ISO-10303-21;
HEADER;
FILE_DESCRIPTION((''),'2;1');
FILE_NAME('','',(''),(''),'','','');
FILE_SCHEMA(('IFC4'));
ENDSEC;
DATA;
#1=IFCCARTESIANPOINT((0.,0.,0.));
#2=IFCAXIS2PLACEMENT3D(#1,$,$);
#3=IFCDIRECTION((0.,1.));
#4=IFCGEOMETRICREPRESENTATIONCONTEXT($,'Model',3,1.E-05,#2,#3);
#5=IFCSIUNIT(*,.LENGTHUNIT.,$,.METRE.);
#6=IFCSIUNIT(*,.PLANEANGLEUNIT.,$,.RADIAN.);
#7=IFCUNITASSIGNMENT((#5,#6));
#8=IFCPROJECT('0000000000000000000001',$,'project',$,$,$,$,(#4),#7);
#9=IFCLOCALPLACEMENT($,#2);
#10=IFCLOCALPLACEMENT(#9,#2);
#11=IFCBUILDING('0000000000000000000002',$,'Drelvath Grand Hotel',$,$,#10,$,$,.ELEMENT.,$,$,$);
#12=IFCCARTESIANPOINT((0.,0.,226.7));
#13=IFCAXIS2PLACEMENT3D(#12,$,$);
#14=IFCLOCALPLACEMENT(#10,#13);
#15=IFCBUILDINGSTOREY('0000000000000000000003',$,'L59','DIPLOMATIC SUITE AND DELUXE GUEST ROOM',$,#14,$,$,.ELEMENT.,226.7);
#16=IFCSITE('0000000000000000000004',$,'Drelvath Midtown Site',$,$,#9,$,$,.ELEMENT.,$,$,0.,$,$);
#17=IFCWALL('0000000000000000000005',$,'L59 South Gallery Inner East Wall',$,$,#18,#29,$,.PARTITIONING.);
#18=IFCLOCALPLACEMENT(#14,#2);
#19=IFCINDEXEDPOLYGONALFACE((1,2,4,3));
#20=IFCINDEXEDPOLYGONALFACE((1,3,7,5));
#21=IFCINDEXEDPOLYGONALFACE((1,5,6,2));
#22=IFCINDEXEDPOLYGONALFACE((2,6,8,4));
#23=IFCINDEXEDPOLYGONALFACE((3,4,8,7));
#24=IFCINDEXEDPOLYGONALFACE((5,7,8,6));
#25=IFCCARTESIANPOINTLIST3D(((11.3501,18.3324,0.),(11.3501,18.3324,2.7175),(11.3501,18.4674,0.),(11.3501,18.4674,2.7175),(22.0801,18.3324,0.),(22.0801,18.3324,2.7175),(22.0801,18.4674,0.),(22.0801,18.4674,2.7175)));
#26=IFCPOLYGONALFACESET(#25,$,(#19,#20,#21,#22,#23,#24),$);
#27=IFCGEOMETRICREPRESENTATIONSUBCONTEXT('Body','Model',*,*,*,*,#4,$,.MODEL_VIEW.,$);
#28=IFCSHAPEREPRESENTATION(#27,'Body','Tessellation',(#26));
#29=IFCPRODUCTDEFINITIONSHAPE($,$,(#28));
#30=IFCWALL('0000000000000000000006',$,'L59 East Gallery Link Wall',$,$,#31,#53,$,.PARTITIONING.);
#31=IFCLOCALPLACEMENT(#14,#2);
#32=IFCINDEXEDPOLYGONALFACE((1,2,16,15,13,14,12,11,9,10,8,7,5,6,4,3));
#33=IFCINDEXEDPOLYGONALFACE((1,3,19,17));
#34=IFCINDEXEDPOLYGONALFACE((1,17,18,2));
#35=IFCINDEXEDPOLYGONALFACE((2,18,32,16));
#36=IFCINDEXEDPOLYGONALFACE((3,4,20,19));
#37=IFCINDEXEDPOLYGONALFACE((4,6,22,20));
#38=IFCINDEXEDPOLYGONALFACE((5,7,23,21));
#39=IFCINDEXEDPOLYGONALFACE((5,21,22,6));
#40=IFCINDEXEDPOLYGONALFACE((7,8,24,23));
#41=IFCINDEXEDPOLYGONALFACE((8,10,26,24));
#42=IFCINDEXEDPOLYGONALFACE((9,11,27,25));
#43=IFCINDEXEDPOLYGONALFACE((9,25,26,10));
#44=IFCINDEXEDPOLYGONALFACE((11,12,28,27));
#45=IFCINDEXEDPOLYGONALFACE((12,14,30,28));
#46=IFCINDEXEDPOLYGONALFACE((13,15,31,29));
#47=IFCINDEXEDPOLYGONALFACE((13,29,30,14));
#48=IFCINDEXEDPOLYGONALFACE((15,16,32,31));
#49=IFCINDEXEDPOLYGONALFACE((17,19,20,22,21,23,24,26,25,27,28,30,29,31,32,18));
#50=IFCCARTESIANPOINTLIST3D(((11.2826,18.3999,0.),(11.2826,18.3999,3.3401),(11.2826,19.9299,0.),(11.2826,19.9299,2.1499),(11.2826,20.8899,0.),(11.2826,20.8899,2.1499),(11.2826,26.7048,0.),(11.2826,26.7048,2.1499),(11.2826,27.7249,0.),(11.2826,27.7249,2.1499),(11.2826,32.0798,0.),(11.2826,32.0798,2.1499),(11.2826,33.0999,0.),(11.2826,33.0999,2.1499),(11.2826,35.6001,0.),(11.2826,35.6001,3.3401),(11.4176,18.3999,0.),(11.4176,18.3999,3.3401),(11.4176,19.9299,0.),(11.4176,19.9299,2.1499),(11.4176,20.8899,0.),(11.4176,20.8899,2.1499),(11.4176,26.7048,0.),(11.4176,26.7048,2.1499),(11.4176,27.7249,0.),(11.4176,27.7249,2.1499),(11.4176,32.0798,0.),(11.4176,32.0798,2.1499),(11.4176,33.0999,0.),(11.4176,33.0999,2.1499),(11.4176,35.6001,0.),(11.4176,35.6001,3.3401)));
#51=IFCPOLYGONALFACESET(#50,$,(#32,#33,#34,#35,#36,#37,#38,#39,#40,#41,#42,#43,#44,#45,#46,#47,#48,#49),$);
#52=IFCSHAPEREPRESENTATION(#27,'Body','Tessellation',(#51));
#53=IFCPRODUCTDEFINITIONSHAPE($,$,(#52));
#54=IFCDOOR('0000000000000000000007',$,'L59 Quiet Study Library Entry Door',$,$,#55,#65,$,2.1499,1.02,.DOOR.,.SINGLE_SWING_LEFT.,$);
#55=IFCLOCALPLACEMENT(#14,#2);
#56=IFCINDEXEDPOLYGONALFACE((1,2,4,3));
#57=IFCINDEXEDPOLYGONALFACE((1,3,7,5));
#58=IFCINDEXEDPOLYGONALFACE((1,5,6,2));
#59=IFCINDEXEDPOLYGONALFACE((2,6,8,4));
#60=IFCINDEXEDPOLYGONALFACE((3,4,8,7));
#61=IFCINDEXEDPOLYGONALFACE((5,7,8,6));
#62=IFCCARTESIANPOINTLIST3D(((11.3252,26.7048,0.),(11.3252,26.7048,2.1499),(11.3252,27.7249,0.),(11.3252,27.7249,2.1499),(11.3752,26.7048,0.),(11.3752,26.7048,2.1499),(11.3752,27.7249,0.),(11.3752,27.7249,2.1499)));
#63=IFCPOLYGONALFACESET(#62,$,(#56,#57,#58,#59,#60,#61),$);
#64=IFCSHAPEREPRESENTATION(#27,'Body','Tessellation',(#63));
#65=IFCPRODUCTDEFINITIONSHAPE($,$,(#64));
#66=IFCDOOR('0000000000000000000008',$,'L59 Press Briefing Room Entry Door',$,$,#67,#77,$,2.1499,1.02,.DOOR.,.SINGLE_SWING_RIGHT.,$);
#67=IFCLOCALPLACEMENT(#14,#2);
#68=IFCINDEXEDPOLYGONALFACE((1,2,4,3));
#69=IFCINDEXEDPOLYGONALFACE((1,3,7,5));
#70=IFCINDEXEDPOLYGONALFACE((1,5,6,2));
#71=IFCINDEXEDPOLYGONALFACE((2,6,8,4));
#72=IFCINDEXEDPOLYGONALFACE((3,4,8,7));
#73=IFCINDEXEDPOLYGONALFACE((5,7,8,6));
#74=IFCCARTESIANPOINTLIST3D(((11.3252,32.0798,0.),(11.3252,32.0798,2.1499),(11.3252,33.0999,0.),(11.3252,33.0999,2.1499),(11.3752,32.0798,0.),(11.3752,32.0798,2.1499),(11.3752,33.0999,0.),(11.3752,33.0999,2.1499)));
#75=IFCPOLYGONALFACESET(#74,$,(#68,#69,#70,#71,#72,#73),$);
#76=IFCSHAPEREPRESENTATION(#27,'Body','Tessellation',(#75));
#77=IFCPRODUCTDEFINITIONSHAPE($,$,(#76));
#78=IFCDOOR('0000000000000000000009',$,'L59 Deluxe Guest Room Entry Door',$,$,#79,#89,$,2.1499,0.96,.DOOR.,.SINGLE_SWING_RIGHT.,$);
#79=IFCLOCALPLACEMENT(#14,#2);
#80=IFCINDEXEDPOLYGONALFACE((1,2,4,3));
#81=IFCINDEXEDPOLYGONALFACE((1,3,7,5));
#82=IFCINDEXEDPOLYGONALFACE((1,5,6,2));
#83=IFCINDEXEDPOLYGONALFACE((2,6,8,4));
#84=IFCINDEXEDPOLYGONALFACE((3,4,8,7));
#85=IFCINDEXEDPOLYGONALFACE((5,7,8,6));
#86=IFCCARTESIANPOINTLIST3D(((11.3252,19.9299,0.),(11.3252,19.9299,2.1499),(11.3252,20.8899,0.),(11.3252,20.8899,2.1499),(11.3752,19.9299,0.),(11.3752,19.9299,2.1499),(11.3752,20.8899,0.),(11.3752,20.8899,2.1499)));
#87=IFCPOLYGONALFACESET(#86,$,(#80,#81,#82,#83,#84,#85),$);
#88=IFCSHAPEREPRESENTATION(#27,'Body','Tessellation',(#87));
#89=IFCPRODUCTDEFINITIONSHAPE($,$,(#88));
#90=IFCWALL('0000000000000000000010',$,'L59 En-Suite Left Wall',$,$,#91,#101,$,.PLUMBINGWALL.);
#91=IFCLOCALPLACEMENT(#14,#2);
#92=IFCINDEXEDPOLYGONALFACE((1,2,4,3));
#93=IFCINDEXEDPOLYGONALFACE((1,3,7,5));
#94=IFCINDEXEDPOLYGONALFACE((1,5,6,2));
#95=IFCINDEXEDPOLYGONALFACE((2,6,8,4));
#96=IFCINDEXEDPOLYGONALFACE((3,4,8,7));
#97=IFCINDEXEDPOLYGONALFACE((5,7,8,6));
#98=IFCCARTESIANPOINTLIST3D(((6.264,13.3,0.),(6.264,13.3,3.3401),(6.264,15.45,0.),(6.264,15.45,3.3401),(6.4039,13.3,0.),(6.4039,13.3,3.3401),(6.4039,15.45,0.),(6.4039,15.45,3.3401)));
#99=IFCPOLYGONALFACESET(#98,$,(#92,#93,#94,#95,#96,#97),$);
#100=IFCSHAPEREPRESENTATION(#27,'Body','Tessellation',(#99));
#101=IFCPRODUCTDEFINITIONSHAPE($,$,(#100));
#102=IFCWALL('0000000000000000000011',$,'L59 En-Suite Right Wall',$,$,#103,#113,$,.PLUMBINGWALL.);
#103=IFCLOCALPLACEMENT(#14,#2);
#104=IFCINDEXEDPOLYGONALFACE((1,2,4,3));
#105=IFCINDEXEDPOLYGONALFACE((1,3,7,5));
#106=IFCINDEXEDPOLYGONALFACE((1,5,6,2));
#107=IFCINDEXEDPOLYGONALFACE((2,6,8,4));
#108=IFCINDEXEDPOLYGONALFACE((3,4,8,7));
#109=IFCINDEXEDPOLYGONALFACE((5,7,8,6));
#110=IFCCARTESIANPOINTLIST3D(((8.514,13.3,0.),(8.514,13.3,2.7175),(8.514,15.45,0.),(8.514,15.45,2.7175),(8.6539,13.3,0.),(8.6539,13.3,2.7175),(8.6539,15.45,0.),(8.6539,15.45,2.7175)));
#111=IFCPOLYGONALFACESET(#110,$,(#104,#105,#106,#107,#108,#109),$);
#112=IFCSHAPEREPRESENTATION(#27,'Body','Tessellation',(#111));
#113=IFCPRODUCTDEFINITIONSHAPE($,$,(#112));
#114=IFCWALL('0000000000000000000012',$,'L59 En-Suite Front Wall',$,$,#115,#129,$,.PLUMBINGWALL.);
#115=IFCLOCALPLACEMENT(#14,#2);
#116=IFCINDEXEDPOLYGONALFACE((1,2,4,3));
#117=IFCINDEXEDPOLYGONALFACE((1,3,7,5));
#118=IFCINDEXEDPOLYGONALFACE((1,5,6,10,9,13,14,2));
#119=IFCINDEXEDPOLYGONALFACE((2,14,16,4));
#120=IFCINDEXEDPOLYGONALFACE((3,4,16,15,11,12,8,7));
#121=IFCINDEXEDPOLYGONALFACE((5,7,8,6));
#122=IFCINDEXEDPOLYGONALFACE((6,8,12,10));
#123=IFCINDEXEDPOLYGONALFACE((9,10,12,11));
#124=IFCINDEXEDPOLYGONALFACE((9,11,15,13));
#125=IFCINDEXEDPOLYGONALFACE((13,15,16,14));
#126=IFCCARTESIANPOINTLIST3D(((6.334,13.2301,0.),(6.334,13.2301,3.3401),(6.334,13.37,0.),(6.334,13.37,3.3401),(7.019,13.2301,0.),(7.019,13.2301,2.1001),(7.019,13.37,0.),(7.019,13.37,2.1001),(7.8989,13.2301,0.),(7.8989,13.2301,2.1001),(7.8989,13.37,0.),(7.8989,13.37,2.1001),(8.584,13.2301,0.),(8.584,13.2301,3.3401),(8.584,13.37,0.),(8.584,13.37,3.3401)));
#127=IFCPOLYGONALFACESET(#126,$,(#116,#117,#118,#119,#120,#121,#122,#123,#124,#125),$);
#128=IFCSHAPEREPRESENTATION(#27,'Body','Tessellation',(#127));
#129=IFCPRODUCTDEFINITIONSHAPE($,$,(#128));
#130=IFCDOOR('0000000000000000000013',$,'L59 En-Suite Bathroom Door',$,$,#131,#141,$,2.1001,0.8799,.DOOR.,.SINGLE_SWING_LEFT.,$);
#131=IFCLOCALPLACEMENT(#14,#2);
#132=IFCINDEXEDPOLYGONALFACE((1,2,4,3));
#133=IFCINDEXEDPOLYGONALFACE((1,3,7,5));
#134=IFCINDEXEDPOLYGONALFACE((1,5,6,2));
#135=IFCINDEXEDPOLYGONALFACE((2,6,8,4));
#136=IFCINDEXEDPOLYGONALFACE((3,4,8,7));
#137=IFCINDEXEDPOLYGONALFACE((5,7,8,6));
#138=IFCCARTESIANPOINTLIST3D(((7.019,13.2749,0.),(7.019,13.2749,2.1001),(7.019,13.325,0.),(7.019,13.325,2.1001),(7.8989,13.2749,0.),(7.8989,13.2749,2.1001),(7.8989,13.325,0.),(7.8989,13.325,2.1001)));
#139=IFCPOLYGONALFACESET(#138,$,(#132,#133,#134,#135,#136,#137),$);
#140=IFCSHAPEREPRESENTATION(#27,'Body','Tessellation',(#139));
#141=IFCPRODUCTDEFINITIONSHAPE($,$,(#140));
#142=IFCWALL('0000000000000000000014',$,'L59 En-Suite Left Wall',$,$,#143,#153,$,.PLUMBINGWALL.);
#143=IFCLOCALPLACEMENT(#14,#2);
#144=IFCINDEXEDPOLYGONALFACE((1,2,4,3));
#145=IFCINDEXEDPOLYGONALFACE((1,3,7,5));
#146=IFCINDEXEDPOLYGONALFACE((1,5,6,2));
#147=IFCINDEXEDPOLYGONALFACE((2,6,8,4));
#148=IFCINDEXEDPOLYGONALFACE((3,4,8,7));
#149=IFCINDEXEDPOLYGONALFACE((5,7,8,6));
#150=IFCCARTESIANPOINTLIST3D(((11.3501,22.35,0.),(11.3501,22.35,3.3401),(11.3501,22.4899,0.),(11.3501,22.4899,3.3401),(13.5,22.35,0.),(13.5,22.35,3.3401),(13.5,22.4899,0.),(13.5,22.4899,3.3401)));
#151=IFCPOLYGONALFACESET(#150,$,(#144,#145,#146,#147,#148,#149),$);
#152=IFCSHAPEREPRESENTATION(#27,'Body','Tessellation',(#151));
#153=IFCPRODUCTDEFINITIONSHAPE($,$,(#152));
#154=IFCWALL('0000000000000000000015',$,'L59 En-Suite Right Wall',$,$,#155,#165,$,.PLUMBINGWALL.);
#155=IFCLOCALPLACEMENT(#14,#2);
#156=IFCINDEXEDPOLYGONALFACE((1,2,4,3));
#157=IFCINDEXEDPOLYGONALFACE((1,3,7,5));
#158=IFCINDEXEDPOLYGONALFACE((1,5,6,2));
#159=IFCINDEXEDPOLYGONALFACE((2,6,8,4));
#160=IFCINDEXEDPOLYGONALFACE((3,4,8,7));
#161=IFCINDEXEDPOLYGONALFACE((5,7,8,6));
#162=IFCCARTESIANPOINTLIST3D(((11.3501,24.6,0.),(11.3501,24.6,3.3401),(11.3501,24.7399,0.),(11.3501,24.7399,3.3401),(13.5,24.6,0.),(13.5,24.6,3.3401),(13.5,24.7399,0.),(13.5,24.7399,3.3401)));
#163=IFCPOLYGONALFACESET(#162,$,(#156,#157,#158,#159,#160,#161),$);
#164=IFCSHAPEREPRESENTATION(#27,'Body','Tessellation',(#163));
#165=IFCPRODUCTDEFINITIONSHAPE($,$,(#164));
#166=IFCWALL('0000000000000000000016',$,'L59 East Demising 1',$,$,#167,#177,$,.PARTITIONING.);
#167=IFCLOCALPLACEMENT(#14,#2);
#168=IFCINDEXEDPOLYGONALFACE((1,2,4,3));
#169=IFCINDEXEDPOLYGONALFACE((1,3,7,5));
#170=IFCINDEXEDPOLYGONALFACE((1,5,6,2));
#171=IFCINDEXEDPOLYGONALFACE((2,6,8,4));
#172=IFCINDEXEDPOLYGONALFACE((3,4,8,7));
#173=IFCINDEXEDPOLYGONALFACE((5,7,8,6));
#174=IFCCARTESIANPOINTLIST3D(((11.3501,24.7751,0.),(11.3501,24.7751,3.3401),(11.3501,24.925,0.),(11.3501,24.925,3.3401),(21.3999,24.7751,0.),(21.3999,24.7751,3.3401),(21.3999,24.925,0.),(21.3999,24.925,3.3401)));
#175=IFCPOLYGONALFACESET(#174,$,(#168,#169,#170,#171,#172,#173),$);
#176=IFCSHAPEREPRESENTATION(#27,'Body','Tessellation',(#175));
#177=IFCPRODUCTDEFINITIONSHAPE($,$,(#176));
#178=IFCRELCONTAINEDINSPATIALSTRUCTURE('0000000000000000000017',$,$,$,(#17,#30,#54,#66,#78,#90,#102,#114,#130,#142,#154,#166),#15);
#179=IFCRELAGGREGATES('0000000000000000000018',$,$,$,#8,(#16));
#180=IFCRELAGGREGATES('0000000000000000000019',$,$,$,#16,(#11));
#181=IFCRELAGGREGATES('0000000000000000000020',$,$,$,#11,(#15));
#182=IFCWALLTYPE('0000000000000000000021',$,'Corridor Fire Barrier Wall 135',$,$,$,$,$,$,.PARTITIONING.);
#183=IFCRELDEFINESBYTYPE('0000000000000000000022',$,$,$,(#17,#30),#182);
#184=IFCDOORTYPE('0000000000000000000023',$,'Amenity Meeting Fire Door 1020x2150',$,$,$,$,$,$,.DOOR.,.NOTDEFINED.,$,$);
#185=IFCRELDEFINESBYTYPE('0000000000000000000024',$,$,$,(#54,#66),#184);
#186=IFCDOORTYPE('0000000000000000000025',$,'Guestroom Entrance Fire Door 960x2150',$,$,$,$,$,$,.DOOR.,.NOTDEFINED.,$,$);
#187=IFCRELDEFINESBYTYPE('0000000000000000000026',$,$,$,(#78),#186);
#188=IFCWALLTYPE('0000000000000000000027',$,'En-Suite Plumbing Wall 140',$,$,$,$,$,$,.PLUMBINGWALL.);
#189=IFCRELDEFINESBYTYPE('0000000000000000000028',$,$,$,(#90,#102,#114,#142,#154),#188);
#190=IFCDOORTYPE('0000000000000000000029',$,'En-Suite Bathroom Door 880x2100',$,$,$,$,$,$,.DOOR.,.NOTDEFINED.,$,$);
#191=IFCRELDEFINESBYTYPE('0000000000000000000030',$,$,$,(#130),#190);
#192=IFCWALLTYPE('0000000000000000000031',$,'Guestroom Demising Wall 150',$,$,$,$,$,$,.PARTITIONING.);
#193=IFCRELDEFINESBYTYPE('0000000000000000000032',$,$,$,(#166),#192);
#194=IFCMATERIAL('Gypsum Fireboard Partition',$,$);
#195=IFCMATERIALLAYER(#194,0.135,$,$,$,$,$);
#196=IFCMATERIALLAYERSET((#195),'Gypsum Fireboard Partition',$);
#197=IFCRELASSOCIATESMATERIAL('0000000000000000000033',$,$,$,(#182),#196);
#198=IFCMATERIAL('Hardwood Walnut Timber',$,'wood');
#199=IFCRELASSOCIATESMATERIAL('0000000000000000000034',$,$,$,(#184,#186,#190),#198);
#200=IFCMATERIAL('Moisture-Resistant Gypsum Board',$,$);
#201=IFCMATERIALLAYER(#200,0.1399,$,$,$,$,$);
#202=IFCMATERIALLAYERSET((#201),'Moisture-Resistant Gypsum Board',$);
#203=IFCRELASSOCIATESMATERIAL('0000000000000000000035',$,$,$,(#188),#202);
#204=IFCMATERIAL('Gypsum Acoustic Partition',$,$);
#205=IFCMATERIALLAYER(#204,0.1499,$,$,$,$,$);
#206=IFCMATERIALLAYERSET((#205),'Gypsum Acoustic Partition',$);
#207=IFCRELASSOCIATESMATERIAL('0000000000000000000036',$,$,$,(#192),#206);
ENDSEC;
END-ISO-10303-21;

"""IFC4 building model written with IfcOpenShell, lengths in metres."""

from ifc_helpers import new_model, si_unit, direction, frame, frame_2d, origin, place, context, subcontext, project, spatial, rectangle, extrude, material, layer, layer_set, type_object, element, fill, save


model = new_model("IFC4")

# Units and contexts
model_context = context("Model", 3, precision=1e-05, world=origin(), true_north=direction((0.0, 1.0)))
body_context = subcontext(model_context, "Body", "Model", "MODEL_VIEW")
ifc_project = project(units=[si_unit("LENGTHUNIT", "METRE"), si_unit("PLANEANGLEUNIT", "RADIAN")], contexts=[model_context])

# Site, building, storey
site_placement = place(None, origin())
site = spatial("IfcSite", under=ifc_project, at=site_placement, Name="Drelvath Midtown Site", CompositionType="ELEMENT", RefElevation=0.0)
building_placement = place(site_placement, origin())
building = spatial("IfcBuilding", under=site, at=building_placement, Name="Drelvath Grand Hotel", CompositionType="ELEMENT")
storey_placement = place(building_placement, frame((0.0, 0.0, 226.7)))
storey = spatial("IfcBuildingStorey", under=building, at=storey_placement, Name="L59", Description="DIPLOMATIC SUITE AND DELUXE GUEST ROOM", CompositionType="ELEMENT", Elevation=226.7)

# Wall
ifc_material_1 = material(Name="Gypsum Fireboard Partition")
ifc_layer_1 = layer(ifc_material_1, 0.135)
ifc_layer_set_1 = layer_set([ifc_layer_1], Name="Gypsum Fireboard Partition")
wall_type_1 = type_object("IfcWallType", Name="Corridor Fire Barrier Wall 135", PredefinedType="PARTITIONING", material=ifc_layer_set_1)
wall_1_placement = place(storey_placement, frame((11.3501, 18.3999, 0.0), z_axis=(0.0, 0.0, 1.0), x_axis=(1.0, 0.0, 0.0)))
element("IfcWall", 1, at=wall_1_placement, inside=storey, type_object=wall_type_1, Name="L59 South Gallery Inner East Wall", PredefinedType="PARTITIONING", context=body_context, shape_type="SweptSolid", body=[
    extrude(rectangle(XDim=10.73, YDim=0.135, at=frame_2d((5.365, 0.0))), origin(), (0.0, 0.0, 1.0), 2.7175),
])

# Wall, openings, doors
wall_2_placement = place(storey_placement, frame((11.3501, 18.3999, 0.0), z_axis=(0.0, 0.0, 1.0), x_axis=(0.0, 1.0, 0.0)))
wall_2 = element("IfcWall", 2, at=wall_2_placement, inside=storey, type_object=wall_type_1, Name="L59 East Gallery Link Wall", PredefinedType="PARTITIONING", context=body_context, shape_type="SweptSolid", body=[
    extrude(rectangle(XDim=17.2002, YDim=0.135, at=frame_2d((8.6001, 0.0))), origin(), (0.0, 0.0, 1.0), 3.3401),
])
opening_1_placement = place(wall_2_placement, frame((1.53, 0.0, 0.0)))
opening_1 = element("IfcOpeningElement", 3, at=opening_1_placement, cuts=wall_2, PredefinedType="OPENING", context=body_context, shape_type="SweptSolid", body=[
    extrude(rectangle(XDim=0.96, YDim=2.1499, at=frame_2d((0.48, 1.075))), frame((0.0, 0.0774, 0.0), z_axis=(0.0, -1.0, 0.0), x_axis=(1.0, 0.0, 0.0)), (0.0, 0.0, 1.0), 0.155),
])
opening_2_placement = place(wall_2_placement, frame((8.3049, 0.0, 0.0)))
opening_2 = element("IfcOpeningElement", 4, at=opening_2_placement, cuts=wall_2, PredefinedType="OPENING", context=body_context, shape_type="SweptSolid", body=[
    extrude(rectangle(XDim=1.02, YDim=2.1499, at=frame_2d((0.51, 1.075))), frame((0.0, 0.0774, 0.0), z_axis=(0.0, -1.0, 0.0), x_axis=(1.0, 0.0, 0.0)), (0.0, 0.0, 1.0), 0.155),
])
opening_3_placement = place(wall_2_placement, frame((13.6799, 0.0, 0.0)))
opening_3 = element("IfcOpeningElement", 5, at=opening_3_placement, cuts=wall_2, PredefinedType="OPENING", context=body_context, shape_type="SweptSolid", body=[
    extrude(rectangle(XDim=1.02, YDim=2.1499, at=frame_2d((0.51, 1.075))), frame((0.0, 0.0774, 0.0), z_axis=(0.0, -1.0, 0.0), x_axis=(1.0, 0.0, 0.0)), (0.0, 0.0, 1.0), 0.155),
])
ifc_material_2 = material(Name="Hardwood Walnut Timber", Category="wood")
door_type_1 = type_object("IfcDoorType", Name="Amenity Meeting Fire Door 1020x2150", OperationType="NOTDEFINED", PredefinedType="DOOR", material=ifc_material_2)
door_1_placement = place(opening_2_placement, origin())
door_1 = element("IfcDoor", 6, at=door_1_placement, inside=storey, type_object=door_type_1, Name="L59 Quiet Study Library Entry Door", OperationType="SINGLE_SWING_LEFT", OverallHeight=2.1499, OverallWidth=1.02, PredefinedType="DOOR", context=body_context, shape_type="SweptSolid", body=[
    extrude(rectangle(XDim=1.02, YDim=2.1499, at=frame_2d((0.51, 1.075))), frame((0.0, 0.0249, 0.0), z_axis=(0.0, -1.0, 0.0), x_axis=(1.0, 0.0, 0.0)), (0.0, 0.0, 1.0), 0.05),
])
fill(opening_2, door_1)
door_2_placement = place(opening_3_placement, origin())
door_2 = element("IfcDoor", 7, at=door_2_placement, inside=storey, type_object=door_type_1, Name="L59 Press Briefing Room Entry Door", OperationType="SINGLE_SWING_RIGHT", OverallHeight=2.1499, OverallWidth=1.02, PredefinedType="DOOR", context=body_context, shape_type="SweptSolid", body=[
    extrude(rectangle(XDim=1.02, YDim=2.1499, at=frame_2d((0.51, 1.075))), frame((0.0, 0.0249, 0.0), z_axis=(0.0, -1.0, 0.0), x_axis=(1.0, 0.0, 0.0)), (0.0, 0.0, 1.0), 0.05),
])
fill(opening_3, door_2)
door_type_2 = type_object("IfcDoorType", Name="Guestroom Entrance Fire Door 960x2150", OperationType="NOTDEFINED", PredefinedType="DOOR", material=ifc_material_2)
door_3_placement = place(opening_1_placement, origin())
door_3 = element("IfcDoor", 8, at=door_3_placement, inside=storey, type_object=door_type_2, Name="L59 Deluxe Guest Room Entry Door", OperationType="SINGLE_SWING_RIGHT", OverallHeight=2.1499, OverallWidth=0.96, PredefinedType="DOOR", context=body_context, shape_type="SweptSolid", body=[
    extrude(rectangle(XDim=0.96, YDim=2.1499, at=frame_2d((0.48, 1.075))), frame((0.0, 0.0249, 0.0), z_axis=(0.0, -1.0, 0.0), x_axis=(1.0, 0.0, 0.0)), (0.0, 0.0, 1.0), 0.05),
])
fill(opening_1, door_3)

# Walls
ifc_material_3 = material(Name="Moisture-Resistant Gypsum Board")
ifc_layer_2 = layer(ifc_material_3, 0.1399)
ifc_layer_set_2 = layer_set([ifc_layer_2], Name="Moisture-Resistant Gypsum Board")
wall_type_2 = type_object("IfcWallType", Name="En-Suite Plumbing Wall 140", PredefinedType="PLUMBINGWALL", material=ifc_layer_set_2)
wall_3_placement = place(storey_placement, frame((6.334, 15.45, 0.0), z_axis=(0.0, 0.0, 1.0), x_axis=(0.0, -1.0, 0.0)))
element("IfcWall", 9, at=wall_3_placement, inside=storey, type_object=wall_type_2, Name="L59 En-Suite Left Wall", PredefinedType="PLUMBINGWALL", context=body_context, shape_type="SweptSolid", body=[
    extrude(rectangle(XDim=2.1499, YDim=0.1399, at=frame_2d((1.075, 0.0))), origin(), (0.0, 0.0, 1.0), 3.3401),
])
wall_4_placement = place(storey_placement, frame((8.584, 15.45, 0.0), z_axis=(0.0, 0.0, 1.0), x_axis=(0.0, -1.0, 0.0)))
element("IfcWall", 10, at=wall_4_placement, inside=storey, type_object=wall_type_2, Name="L59 En-Suite Right Wall", PredefinedType="PLUMBINGWALL", context=body_context, shape_type="SweptSolid", body=[
    extrude(rectangle(XDim=2.1499, YDim=0.1399, at=frame_2d((1.075, 0.0))), origin(), (0.0, 0.0, 1.0), 2.7175),
])

# Wall, opening, door
wall_5_placement = place(storey_placement, frame((6.334, 13.3, 0.0), z_axis=(0.0, 0.0, 1.0), x_axis=(1.0, 0.0, 0.0)))
wall_5 = element("IfcWall", 11, at=wall_5_placement, inside=storey, type_object=wall_type_2, Name="L59 En-Suite Front Wall", PredefinedType="PLUMBINGWALL", context=body_context, shape_type="SweptSolid", body=[
    extrude(rectangle(XDim=2.25, YDim=0.1399, at=frame_2d((1.125, 0.0))), origin(), (0.0, 0.0, 1.0), 3.3401),
])
opening_4_placement = place(wall_5_placement, frame((0.6851, 0.0, 0.0)))
opening_4 = element("IfcOpeningElement", 12, at=opening_4_placement, cuts=wall_5, PredefinedType="OPENING", context=body_context, shape_type="SweptSolid", body=[
    extrude(rectangle(XDim=0.8799, YDim=2.1001, at=frame_2d((0.4399, 1.05))), frame((0.0, 0.0798, 0.0), z_axis=(0.0, -1.0, 0.0), x_axis=(1.0, 0.0, 0.0)), (0.0, 0.0, 1.0), 0.1599),
])
door_type_3 = type_object("IfcDoorType", Name="En-Suite Bathroom Door 880x2100", OperationType="NOTDEFINED", PredefinedType="DOOR", material=ifc_material_2)
door_4_placement = place(opening_4_placement, origin())
door_4 = element("IfcDoor", 13, at=door_4_placement, inside=storey, type_object=door_type_3, Name="L59 En-Suite Bathroom Door", OperationType="SINGLE_SWING_LEFT", OverallHeight=2.1001, OverallWidth=0.8799, PredefinedType="DOOR", context=body_context, shape_type="SweptSolid", body=[
    extrude(rectangle(XDim=0.8799, YDim=2.1001, at=frame_2d((0.4399, 1.05))), frame((0.0, 0.0249, 0.0), z_axis=(0.0, -1.0, 0.0), x_axis=(1.0, 0.0, 0.0)), (0.0, 0.0, 1.0), 0.05),
])
fill(opening_4, door_4)

# Walls
for number, where, z_axis, x_axis, name in (
    (14, (11.3501, 22.4199, 0.0), (0.0, 0.0, 1.0), (1.0, 0.0, 0.0), "L59 En-Suite Left Wall"),
    (15, (11.3501, 24.6699, 0.0), (0.0, 0.0, 1.0), (1.0, 0.0, 0.0), "L59 En-Suite Right Wall"),
):
    element("IfcWall", number, at=place(storey_placement, frame(where, z_axis=z_axis, x_axis=x_axis)), inside=storey, type_object=wall_type_2, Name=name, PredefinedType="PLUMBINGWALL", context=body_context, shape_type="SweptSolid", body=[
        extrude(rectangle(XDim=2.1499, YDim=0.1399, at=frame_2d((1.075, 0.0))), origin(), (0.0, 0.0, 1.0), 3.3401),
    ])
ifc_material_4 = material(Name="Gypsum Acoustic Partition")
ifc_layer_3 = layer(ifc_material_4, 0.1499)
ifc_layer_set_3 = layer_set([ifc_layer_3], Name="Gypsum Acoustic Partition")
wall_type_3 = type_object("IfcWallType", Name="Guestroom Demising Wall 150", PredefinedType="PARTITIONING", material=ifc_layer_set_3)
wall_6_placement = place(storey_placement, frame((11.3501, 24.8501, 0.0), z_axis=(0.0, 0.0, 1.0), x_axis=(1.0, 0.0, 0.0)))
element("IfcWall", 16, at=wall_6_placement, inside=storey, type_object=wall_type_3, Name="L59 East Demising 1", PredefinedType="PARTITIONING", context=body_context, shape_type="SweptSolid", body=[
    extrude(rectangle(XDim=10.0498, YDim=0.1499, at=frame_2d((5.0249, 0.0))), origin(), (0.0, 0.0, 1.0), 3.3401),
])

save(model, "model.ifc")
